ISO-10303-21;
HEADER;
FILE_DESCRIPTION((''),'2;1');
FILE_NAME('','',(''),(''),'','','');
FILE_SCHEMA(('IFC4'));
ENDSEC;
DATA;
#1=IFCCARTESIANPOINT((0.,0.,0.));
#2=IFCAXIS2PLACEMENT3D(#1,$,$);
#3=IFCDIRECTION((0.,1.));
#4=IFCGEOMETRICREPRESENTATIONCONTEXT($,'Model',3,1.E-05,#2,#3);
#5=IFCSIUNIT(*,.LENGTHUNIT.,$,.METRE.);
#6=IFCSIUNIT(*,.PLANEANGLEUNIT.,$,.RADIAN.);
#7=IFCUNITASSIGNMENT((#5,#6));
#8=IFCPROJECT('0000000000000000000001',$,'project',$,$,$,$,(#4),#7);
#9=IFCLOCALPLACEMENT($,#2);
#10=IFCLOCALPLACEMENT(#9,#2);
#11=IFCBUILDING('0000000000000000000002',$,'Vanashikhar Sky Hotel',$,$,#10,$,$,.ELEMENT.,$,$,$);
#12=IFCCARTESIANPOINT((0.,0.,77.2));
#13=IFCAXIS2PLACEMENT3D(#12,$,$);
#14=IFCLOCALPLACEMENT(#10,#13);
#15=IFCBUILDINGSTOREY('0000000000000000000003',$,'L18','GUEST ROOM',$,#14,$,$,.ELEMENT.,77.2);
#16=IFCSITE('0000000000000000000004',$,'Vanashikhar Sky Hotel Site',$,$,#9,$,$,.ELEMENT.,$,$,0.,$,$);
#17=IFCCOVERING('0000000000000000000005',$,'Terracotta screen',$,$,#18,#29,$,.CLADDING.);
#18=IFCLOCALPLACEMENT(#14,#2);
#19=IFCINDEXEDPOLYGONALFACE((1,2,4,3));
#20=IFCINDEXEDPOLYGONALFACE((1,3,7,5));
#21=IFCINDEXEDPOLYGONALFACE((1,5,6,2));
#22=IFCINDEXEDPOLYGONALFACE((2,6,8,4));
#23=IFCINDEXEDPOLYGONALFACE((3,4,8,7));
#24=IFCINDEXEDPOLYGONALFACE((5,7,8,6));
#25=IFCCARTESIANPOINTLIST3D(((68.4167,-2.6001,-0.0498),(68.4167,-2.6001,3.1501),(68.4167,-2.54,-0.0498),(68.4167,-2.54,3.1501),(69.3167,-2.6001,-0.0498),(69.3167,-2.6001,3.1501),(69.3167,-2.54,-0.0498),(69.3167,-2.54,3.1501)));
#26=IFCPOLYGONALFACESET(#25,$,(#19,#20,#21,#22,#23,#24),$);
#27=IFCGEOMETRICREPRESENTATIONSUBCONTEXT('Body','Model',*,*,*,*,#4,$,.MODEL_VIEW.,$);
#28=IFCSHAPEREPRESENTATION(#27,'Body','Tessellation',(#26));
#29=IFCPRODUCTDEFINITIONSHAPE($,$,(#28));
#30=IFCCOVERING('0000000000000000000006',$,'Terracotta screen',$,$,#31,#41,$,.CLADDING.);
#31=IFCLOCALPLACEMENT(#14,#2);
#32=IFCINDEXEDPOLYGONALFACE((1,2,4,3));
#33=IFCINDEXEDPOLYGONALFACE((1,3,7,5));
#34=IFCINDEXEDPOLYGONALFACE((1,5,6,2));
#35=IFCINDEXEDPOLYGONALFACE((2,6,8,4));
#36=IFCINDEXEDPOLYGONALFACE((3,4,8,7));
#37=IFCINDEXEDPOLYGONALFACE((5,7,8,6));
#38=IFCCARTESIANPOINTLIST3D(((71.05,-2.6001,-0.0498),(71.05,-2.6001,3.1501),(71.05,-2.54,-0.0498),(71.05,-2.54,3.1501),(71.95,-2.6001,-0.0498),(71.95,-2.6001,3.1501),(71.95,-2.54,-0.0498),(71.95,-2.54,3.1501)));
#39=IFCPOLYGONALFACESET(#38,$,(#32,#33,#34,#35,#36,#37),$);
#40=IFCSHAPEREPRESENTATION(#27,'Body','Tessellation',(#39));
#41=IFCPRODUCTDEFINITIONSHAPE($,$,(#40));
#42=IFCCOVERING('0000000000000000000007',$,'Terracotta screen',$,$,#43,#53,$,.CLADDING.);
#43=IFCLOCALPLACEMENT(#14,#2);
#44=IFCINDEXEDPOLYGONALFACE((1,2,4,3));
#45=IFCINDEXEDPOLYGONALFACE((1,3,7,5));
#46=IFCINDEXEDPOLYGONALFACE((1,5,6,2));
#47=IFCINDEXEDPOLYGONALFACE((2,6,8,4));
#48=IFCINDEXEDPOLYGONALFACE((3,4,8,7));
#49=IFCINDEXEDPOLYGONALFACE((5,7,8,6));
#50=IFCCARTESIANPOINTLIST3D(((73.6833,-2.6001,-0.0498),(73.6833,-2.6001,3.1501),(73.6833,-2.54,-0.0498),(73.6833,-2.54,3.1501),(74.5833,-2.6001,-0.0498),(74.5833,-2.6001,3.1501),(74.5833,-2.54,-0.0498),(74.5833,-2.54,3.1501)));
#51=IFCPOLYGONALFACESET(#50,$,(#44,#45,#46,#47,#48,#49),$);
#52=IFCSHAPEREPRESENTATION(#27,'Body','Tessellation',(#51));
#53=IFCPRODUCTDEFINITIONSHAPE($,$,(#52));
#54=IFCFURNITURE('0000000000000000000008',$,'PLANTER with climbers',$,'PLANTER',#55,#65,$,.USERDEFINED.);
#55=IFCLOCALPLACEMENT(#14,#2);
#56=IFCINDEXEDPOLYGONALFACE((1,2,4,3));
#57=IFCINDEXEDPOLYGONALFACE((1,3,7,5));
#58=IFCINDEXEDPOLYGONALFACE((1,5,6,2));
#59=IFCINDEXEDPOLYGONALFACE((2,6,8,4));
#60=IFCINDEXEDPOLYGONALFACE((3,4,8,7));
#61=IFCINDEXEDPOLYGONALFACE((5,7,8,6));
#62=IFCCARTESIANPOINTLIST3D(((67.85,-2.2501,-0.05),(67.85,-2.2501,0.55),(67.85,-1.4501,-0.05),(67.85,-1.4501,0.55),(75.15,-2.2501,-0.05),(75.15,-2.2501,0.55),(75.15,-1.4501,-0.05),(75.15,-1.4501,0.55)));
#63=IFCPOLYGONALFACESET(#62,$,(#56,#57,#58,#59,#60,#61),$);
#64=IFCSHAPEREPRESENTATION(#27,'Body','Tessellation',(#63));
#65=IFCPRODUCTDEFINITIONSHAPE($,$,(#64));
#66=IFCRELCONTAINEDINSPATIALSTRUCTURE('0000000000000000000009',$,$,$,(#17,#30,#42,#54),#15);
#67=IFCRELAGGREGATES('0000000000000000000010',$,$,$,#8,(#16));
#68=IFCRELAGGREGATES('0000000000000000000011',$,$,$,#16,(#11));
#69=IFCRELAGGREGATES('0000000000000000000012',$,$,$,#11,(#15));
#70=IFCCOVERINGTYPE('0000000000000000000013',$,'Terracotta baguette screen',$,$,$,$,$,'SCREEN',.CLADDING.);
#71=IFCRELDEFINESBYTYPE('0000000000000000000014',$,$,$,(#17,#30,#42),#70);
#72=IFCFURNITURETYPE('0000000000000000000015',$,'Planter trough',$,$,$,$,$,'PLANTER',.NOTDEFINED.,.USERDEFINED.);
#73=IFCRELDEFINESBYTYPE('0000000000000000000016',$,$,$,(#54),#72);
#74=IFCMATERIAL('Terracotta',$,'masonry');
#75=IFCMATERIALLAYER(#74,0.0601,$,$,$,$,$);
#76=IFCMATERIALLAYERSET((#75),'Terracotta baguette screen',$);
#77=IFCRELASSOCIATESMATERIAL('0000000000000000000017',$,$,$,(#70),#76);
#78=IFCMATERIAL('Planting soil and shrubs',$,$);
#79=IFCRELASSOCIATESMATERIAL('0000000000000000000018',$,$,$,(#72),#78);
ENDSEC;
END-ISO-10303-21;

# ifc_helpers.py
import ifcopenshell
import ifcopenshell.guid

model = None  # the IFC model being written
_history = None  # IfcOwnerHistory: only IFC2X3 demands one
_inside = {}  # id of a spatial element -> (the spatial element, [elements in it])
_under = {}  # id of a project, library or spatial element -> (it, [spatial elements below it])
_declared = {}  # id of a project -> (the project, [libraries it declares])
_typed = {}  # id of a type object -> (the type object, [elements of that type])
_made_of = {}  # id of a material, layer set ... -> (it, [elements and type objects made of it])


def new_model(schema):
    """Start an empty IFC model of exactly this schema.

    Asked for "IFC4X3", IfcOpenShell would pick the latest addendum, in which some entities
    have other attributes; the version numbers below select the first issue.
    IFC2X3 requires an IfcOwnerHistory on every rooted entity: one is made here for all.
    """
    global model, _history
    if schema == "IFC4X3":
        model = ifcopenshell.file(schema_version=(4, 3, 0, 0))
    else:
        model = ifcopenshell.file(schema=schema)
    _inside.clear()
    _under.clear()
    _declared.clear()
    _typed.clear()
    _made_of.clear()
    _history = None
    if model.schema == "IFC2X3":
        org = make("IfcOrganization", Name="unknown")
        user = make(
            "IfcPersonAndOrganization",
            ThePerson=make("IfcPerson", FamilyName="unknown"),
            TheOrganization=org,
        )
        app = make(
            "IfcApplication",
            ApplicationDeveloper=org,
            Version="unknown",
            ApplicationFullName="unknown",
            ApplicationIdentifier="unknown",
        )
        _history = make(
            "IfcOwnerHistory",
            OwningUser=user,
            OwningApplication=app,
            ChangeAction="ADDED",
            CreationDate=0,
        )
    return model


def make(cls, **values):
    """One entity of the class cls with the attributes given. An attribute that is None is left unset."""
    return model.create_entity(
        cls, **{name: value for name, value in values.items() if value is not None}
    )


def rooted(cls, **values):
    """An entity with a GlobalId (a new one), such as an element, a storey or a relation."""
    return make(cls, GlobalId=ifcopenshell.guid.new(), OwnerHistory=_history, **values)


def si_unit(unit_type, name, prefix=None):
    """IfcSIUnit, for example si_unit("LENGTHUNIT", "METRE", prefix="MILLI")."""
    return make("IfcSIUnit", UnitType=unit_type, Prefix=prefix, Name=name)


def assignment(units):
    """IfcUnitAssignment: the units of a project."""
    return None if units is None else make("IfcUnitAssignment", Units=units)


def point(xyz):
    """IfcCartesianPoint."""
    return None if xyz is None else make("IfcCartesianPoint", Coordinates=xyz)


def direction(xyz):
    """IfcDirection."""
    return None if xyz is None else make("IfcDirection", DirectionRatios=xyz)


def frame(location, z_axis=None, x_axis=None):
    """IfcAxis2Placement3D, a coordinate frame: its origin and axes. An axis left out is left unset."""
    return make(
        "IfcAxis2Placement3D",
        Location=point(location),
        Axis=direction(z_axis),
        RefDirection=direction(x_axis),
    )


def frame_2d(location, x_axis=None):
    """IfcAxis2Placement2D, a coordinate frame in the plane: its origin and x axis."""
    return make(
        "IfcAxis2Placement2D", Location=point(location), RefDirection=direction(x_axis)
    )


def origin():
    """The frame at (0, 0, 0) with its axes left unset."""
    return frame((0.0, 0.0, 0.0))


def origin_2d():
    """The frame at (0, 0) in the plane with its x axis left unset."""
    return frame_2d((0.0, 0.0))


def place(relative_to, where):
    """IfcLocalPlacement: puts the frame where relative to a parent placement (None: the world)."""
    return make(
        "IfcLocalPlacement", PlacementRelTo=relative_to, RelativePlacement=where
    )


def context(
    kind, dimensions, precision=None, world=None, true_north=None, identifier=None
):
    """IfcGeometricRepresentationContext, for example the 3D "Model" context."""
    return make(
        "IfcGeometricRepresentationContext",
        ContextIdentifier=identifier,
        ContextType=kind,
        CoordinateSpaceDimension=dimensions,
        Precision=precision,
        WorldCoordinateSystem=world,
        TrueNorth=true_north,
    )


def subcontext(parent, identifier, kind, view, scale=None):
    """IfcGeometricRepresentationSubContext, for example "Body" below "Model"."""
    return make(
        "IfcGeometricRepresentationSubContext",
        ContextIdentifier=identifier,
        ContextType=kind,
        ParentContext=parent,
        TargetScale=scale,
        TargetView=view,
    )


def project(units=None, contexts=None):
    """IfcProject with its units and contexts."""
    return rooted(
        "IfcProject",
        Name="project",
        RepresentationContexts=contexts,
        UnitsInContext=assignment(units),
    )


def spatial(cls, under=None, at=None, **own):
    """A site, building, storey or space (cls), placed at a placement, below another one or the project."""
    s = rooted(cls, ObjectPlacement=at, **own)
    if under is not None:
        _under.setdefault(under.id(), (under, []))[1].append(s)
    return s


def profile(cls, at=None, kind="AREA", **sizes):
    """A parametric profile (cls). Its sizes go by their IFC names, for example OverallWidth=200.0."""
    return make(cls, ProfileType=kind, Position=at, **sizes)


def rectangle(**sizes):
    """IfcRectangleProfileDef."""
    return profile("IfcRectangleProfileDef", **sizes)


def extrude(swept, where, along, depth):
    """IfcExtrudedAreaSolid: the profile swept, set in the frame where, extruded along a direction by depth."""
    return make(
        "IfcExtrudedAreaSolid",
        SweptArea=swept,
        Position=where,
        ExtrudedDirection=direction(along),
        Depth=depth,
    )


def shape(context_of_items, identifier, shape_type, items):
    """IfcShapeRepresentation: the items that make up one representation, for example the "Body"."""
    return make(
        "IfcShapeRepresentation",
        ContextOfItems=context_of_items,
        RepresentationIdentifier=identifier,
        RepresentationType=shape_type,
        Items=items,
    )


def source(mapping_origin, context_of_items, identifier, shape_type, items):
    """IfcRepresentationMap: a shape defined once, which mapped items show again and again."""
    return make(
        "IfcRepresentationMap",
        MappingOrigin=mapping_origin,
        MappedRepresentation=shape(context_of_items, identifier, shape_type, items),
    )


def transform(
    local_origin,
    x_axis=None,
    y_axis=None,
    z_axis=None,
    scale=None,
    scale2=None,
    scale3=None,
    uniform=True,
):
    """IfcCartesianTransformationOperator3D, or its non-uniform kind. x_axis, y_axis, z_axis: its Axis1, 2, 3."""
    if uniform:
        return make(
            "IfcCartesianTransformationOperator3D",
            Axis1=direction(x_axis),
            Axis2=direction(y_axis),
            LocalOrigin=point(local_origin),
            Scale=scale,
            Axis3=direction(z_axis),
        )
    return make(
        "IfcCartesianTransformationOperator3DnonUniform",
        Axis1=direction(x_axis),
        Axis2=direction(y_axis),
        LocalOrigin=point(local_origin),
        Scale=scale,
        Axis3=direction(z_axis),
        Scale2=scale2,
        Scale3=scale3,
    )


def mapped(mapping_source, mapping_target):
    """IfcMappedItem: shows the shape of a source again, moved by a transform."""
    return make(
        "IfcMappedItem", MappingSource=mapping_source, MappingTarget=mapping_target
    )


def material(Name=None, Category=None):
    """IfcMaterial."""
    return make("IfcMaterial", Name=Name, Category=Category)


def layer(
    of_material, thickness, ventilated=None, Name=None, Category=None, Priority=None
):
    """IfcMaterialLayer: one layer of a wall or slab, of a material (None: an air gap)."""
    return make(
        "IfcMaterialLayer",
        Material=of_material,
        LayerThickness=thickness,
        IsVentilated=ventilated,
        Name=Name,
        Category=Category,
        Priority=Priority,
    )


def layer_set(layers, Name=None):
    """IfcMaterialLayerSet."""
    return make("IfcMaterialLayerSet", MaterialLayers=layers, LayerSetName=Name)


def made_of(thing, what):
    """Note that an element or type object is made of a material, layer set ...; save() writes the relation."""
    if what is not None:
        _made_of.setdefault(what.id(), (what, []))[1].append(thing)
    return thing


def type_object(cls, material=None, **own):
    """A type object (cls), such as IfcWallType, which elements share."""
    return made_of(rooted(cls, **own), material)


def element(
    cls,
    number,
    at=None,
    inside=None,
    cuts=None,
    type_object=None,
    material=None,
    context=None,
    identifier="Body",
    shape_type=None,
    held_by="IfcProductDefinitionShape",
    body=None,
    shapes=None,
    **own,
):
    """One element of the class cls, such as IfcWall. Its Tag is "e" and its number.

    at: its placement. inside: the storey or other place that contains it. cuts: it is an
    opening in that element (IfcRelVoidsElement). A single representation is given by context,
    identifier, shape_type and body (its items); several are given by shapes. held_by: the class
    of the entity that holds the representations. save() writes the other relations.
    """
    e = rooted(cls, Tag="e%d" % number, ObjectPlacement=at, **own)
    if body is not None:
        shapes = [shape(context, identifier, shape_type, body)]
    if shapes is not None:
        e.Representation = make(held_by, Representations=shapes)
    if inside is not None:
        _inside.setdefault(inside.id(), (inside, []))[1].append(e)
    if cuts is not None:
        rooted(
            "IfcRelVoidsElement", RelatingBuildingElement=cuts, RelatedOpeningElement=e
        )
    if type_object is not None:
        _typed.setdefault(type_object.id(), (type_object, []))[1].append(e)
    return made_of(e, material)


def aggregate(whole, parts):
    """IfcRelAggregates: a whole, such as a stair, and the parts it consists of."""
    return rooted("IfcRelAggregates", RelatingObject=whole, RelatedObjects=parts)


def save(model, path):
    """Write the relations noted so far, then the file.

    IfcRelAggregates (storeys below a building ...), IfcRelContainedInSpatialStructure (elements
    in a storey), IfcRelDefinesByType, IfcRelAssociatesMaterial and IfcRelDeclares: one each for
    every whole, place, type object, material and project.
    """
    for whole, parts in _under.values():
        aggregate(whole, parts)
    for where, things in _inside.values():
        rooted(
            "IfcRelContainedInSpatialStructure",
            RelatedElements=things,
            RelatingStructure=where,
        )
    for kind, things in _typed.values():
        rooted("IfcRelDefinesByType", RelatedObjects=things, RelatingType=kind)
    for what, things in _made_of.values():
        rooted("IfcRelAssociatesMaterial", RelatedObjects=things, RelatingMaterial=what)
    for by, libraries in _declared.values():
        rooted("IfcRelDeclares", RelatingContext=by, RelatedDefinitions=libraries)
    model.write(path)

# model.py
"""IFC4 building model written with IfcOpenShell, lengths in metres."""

from ifc_helpers import new_model, si_unit, direction, frame, origin, origin_2d, place, context, subcontext, project, spatial, rectangle, extrude, source, transform, mapped, material, layer, layer_set, type_object, element, save


model = new_model("IFC4")

# Units and contexts
model_context = context("Model", 3, precision=1e-05, world=origin(), true_north=direction((0.0, 1.0)))
body_context = subcontext(model_context, "Body", "Model", "MODEL_VIEW")
ifc_project = project(units=[si_unit("LENGTHUNIT", "METRE"), si_unit("PLANEANGLEUNIT", "RADIAN")], contexts=[model_context])

# Site, building, storey
site_placement = place(None, origin())
site = spatial("IfcSite", under=ifc_project, at=site_placement, Name="Vanashikhar Sky Hotel Site", CompositionType="ELEMENT", RefElevation=0.0)
building_placement = place(site_placement, origin())
building = spatial("IfcBuilding", under=site, at=building_placement, Name="Vanashikhar Sky Hotel", CompositionType="ELEMENT")
storey_placement = place(building_placement, frame((0.0, 0.0, 77.2)))
storey = spatial("IfcBuildingStorey", under=building, at=storey_placement, Name="L18", Description="GUEST ROOM", CompositionType="ELEMENT", Elevation=77.2)

# Coverings
ifc_material_1 = material(Name="Terracotta", Category="masonry")
ifc_layer_1 = layer(ifc_material_1, 0.0601)
ifc_layer_set_1 = layer_set([ifc_layer_1], Name="Terracotta baguette screen")
covering_type_1 = type_object("IfcCoveringType", Name="Terracotta baguette screen", ElementType="SCREEN", PredefinedType="CLADDING", material=ifc_layer_set_1)
shared_shape_1 = source(origin(), body_context, "Body", "SweptSolid", [
    extrude(rectangle(XDim=0.8999, YDim=0.0601, at=origin_2d()), origin(), (0.0, 0.0, 1.0), 3.2),
])
for number, where, z_axis, x_axis, name in (
    (1, (68.8667, -2.5701, -0.0498), (0.0, 0.0, 1.0), (1.0, 0.0, 0.0), "Terracotta screen"),
    (2, (71.5, -2.5701, -0.0498), (0.0, 0.0, 1.0), (1.0, 0.0, 0.0), "Terracotta screen"),
    (3, (74.1333, -2.5701, -0.0498), (0.0, 0.0, 1.0), (1.0, 0.0, 0.0), "Terracotta screen"),
):
    element("IfcCovering", number, at=place(storey_placement, frame(where, z_axis=z_axis, x_axis=x_axis)), inside=storey, type_object=covering_type_1, Name=name, PredefinedType="CLADDING", context=body_context, shape_type="MappedRepresentation", body=[
        mapped(shared_shape_1, transform((0.0, 0.0, 0.0), scale=1.0)),
    ])

# Furniture
ifc_material_2 = material(Name="Planting soil and shrubs")
furniture_type = type_object("IfcFurnitureType", Name="Planter trough", ElementType="PLANTER", AssemblyPlace="NOTDEFINED", PredefinedType="USERDEFINED", material=ifc_material_2)
shared_shape_2 = source(origin(), body_context, "Body", "SweptSolid", [
    extrude(rectangle(XDim=7.3, YDim=0.8, at=origin_2d()), origin(), (0.0, 0.0, 1.0), 0.6001),
])
furniture_placement = place(storey_placement, frame((71.5, -1.8501, -0.05), z_axis=(0.0, 0.0, 1.0), x_axis=(1.0, 0.0, 0.0)))
element("IfcFurniture", 4, at=furniture_placement, inside=storey, type_object=furniture_type, Name="PLANTER with climbers", ObjectType="PLANTER", PredefinedType="USERDEFINED", context=body_context, shape_type="MappedRepresentation", body=[
    mapped(shared_shape_2, transform((0.0, 0.0, 0.0), scale=1.0)),
])

save(model, "model.ifc")
